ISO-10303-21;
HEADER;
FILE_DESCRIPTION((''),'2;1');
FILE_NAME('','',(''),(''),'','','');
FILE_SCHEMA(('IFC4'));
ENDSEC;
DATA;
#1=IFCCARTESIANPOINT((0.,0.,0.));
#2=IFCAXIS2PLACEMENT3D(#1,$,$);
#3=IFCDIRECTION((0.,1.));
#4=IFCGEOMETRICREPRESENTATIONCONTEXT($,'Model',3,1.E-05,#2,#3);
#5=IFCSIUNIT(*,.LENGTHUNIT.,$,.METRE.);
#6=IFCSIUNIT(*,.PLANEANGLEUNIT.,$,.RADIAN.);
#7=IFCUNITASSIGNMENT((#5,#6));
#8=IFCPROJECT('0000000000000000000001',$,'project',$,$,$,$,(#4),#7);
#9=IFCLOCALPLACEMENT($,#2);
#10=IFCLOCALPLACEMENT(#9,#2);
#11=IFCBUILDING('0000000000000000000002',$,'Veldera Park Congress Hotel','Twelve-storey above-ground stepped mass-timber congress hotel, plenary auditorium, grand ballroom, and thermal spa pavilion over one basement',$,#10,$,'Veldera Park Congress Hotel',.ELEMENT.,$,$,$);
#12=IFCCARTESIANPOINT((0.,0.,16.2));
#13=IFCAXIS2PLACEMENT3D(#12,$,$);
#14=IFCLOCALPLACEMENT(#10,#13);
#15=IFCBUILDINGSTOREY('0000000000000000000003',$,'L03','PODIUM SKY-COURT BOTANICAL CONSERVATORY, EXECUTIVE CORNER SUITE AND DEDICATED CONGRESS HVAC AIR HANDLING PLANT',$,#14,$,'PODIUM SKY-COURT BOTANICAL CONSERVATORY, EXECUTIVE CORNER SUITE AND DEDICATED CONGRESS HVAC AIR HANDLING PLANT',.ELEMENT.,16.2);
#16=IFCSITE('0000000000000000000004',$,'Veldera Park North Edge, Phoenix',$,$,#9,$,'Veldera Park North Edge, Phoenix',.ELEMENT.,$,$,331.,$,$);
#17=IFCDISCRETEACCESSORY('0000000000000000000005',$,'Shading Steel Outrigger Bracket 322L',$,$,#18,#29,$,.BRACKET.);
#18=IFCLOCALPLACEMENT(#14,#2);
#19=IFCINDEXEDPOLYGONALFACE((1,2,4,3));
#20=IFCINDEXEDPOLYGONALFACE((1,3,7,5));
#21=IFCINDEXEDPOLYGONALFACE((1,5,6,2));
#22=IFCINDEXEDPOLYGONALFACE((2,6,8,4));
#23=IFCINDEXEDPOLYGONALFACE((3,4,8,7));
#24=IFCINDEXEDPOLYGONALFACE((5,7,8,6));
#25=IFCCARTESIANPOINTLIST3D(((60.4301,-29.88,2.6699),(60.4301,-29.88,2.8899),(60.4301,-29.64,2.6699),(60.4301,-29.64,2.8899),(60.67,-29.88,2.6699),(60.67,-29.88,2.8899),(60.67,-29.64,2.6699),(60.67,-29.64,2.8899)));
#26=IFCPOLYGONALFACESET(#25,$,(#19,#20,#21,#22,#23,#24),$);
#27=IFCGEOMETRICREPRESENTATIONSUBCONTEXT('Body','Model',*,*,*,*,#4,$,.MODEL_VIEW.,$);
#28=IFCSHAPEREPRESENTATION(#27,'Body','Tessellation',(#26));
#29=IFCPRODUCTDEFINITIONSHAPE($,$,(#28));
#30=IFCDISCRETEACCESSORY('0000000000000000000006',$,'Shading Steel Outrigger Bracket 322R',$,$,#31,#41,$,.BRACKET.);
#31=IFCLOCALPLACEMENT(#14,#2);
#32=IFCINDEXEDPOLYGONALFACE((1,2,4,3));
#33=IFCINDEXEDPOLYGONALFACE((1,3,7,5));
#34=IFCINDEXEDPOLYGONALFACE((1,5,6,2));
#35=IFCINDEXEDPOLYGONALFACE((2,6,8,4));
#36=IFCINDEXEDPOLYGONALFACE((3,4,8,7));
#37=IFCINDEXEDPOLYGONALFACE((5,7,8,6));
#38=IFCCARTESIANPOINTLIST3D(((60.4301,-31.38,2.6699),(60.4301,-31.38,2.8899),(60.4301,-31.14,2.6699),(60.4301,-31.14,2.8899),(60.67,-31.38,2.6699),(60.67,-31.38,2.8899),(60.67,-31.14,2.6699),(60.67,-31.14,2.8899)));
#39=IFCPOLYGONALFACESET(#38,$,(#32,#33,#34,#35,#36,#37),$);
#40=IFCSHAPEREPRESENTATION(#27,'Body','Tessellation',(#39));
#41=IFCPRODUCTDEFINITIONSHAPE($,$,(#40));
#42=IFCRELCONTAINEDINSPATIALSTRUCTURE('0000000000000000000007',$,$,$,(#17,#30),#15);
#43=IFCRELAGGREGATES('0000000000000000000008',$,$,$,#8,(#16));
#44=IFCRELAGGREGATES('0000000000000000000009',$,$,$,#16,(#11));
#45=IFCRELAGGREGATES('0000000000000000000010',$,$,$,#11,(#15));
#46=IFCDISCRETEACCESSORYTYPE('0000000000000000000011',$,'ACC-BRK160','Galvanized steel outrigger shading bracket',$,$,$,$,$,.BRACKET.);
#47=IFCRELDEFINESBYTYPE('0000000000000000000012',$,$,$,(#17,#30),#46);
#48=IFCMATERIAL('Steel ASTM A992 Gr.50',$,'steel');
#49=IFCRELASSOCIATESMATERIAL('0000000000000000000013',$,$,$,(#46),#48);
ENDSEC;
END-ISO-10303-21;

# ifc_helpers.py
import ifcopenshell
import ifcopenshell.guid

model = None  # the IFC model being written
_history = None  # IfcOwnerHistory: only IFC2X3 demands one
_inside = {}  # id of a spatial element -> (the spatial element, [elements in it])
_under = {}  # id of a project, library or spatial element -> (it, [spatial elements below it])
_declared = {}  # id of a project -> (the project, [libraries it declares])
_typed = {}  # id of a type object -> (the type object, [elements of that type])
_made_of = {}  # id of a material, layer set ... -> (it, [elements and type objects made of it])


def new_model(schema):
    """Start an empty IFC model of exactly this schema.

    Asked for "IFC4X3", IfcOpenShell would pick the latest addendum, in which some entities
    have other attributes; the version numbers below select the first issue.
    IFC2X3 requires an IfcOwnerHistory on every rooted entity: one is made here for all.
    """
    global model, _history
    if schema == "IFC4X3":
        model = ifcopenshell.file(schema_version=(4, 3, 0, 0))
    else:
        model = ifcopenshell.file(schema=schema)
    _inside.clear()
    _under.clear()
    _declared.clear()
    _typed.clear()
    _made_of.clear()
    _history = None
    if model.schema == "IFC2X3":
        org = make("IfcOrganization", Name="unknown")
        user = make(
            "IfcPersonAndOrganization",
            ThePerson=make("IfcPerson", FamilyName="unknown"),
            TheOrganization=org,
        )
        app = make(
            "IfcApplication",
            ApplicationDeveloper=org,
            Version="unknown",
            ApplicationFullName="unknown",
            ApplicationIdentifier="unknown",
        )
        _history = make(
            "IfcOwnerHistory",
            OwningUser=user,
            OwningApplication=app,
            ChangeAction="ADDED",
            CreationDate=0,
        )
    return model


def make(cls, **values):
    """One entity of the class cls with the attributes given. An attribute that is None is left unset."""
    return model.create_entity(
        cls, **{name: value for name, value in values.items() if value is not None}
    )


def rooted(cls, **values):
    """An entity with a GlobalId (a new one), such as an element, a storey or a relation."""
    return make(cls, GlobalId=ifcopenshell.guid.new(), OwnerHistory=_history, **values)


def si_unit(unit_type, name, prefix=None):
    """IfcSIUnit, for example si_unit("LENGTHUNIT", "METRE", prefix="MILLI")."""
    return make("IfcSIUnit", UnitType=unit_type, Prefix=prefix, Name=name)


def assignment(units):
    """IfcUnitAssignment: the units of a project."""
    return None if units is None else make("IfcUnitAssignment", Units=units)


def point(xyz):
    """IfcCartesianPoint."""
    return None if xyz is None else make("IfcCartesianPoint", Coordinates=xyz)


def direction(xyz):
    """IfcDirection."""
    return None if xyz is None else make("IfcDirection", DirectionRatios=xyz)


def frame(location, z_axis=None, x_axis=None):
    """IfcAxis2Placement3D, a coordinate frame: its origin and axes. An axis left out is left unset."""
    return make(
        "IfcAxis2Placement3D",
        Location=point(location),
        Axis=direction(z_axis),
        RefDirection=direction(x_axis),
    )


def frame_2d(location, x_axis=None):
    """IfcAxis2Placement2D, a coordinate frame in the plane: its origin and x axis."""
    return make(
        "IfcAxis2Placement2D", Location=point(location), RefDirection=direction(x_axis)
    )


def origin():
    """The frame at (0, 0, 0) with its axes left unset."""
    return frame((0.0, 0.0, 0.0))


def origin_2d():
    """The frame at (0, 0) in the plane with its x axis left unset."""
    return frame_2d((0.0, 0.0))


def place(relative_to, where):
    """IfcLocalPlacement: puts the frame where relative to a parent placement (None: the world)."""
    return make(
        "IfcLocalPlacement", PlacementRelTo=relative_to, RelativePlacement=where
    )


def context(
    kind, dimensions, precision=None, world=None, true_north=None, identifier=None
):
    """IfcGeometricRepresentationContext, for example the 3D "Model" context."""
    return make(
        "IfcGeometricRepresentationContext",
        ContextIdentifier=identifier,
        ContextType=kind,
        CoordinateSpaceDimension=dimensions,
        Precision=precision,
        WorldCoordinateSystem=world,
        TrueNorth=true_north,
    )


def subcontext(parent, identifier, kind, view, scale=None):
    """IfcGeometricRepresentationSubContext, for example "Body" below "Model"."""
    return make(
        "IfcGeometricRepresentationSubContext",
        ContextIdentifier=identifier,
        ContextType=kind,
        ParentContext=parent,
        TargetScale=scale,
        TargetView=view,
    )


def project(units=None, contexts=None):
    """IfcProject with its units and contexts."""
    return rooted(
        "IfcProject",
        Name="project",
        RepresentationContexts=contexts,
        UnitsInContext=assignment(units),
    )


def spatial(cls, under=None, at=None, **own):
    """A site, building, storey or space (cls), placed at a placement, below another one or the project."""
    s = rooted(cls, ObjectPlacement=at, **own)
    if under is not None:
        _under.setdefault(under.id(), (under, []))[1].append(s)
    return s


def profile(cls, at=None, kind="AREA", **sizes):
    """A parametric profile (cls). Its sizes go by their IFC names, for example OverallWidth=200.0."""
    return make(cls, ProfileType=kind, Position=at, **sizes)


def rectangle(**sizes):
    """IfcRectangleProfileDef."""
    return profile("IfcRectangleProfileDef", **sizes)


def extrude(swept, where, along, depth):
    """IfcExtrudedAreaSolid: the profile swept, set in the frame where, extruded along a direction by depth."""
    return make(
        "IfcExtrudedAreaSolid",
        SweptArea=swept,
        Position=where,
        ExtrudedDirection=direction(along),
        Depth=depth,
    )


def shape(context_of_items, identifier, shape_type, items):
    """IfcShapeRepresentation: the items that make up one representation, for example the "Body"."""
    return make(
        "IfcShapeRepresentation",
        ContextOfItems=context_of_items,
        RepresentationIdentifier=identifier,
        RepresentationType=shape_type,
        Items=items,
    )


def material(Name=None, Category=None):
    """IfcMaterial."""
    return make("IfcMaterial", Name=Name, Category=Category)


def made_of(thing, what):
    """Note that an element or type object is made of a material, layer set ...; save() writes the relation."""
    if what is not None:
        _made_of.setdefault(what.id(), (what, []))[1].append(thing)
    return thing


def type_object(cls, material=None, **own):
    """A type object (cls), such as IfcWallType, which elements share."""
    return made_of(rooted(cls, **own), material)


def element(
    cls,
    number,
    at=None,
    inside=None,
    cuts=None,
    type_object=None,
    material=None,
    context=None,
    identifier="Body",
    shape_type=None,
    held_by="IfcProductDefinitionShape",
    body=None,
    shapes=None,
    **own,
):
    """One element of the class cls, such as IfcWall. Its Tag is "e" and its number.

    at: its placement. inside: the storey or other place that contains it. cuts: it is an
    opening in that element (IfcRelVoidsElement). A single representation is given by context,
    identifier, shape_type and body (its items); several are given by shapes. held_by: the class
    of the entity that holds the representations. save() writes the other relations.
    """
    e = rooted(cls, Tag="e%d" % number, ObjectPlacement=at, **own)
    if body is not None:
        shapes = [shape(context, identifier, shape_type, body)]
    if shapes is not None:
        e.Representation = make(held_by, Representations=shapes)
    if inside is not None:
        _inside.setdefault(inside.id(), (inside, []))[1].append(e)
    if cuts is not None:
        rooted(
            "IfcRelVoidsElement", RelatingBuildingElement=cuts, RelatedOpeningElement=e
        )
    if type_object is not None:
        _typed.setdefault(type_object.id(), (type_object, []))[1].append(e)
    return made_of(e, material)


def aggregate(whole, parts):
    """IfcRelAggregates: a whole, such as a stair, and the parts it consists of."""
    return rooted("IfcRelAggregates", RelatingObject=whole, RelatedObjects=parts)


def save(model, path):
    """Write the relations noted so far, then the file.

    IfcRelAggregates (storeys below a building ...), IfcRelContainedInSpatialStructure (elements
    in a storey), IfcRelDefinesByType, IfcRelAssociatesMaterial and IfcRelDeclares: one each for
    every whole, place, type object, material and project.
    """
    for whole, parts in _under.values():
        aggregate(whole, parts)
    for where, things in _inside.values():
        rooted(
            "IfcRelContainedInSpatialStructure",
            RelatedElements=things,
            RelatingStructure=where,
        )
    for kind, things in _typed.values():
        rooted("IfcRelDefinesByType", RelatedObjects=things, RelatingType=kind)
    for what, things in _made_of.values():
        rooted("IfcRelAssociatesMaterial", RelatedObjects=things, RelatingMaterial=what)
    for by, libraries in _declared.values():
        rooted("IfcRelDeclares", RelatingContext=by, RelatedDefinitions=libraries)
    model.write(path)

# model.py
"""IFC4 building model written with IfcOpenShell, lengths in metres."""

from ifc_helpers import new_model, si_unit, direction, frame, origin, origin_2d, place, context, subcontext, project, spatial, rectangle, extrude, material, type_object, element, save


model = new_model("IFC4")

# Units and contexts
model_context = context("Model", 3, precision=1e-05, world=origin(), true_north=direction((0.0, 1.0)))
body_context = subcontext(model_context, "Body", "Model", "MODEL_VIEW")
ifc_project = project(units=[si_unit("LENGTHUNIT", "METRE"), si_unit("PLANEANGLEUNIT", "RADIAN")], contexts=[model_context])

# Site, building, storey
site_placement = place(None, origin())
site = spatial("IfcSite", under=ifc_project, at=site_placement, Name="Veldera Park North Edge, Phoenix", LongName="Veldera Park North Edge, Phoenix", CompositionType="ELEMENT", RefElevation=331.0)
building_placement = place(site_placement, origin())
building = spatial("IfcBuilding", under=site, at=building_placement, Name="Veldera Park Congress Hotel", Description="Twelve-storey above-ground stepped mass-timber congress hotel, plenary auditorium, grand ballroom, and thermal spa pavilion over one basement", LongName="Veldera Park Congress Hotel", CompositionType="ELEMENT")
storey_placement = place(building_placement, frame((0.0, 0.0, 16.2)))
storey = spatial("IfcBuildingStorey", under=building, at=storey_placement, Name="L03", Description="PODIUM SKY-COURT BOTANICAL CONSERVATORY, EXECUTIVE CORNER SUITE AND DEDICATED CONGRESS HVAC AIR HANDLING PLANT", LongName="PODIUM SKY-COURT BOTANICAL CONSERVATORY, EXECUTIVE CORNER SUITE AND DEDICATED CONGRESS HVAC AIR HANDLING PLANT", CompositionType="ELEMENT", Elevation=16.2)

# Discrete accessories
ifc_material_1 = material(Name="Steel ASTM A992 Gr.50", Category="steel")
discrete_accessory_type = type_object("IfcDiscreteAccessoryType", Name="ACC-BRK160", Description="Galvanized steel outrigger shading bracket", PredefinedType="BRACKET", material=ifc_material_1)
for number, where, z_axis, x_axis, name in (
    (1, (60.55, -29.76, 2.6699), (0.0, 0.0, 1.0), (0.0, -1.0, 0.0), "Shading Steel Outrigger Bracket 322L"),
    (2, (60.55, -31.26, 2.6699), (0.0, 0.0, 1.0), (0.0, -1.0, 0.0), "Shading Steel Outrigger Bracket 322R"),
):
    element("IfcDiscreteAccessory", number, at=place(storey_placement, frame(where, z_axis=z_axis, x_axis=x_axis)), inside=storey, type_object=discrete_accessory_type, Name=name, PredefinedType="BRACKET", context=body_context, shape_type="SweptSolid", body=[
        extrude(rectangle(XDim=0.24, YDim=0.24, at=origin_2d()), origin(), (0.0, 0.0, 1.0), 0.22),
    ])

save(model, "model.ifc")
